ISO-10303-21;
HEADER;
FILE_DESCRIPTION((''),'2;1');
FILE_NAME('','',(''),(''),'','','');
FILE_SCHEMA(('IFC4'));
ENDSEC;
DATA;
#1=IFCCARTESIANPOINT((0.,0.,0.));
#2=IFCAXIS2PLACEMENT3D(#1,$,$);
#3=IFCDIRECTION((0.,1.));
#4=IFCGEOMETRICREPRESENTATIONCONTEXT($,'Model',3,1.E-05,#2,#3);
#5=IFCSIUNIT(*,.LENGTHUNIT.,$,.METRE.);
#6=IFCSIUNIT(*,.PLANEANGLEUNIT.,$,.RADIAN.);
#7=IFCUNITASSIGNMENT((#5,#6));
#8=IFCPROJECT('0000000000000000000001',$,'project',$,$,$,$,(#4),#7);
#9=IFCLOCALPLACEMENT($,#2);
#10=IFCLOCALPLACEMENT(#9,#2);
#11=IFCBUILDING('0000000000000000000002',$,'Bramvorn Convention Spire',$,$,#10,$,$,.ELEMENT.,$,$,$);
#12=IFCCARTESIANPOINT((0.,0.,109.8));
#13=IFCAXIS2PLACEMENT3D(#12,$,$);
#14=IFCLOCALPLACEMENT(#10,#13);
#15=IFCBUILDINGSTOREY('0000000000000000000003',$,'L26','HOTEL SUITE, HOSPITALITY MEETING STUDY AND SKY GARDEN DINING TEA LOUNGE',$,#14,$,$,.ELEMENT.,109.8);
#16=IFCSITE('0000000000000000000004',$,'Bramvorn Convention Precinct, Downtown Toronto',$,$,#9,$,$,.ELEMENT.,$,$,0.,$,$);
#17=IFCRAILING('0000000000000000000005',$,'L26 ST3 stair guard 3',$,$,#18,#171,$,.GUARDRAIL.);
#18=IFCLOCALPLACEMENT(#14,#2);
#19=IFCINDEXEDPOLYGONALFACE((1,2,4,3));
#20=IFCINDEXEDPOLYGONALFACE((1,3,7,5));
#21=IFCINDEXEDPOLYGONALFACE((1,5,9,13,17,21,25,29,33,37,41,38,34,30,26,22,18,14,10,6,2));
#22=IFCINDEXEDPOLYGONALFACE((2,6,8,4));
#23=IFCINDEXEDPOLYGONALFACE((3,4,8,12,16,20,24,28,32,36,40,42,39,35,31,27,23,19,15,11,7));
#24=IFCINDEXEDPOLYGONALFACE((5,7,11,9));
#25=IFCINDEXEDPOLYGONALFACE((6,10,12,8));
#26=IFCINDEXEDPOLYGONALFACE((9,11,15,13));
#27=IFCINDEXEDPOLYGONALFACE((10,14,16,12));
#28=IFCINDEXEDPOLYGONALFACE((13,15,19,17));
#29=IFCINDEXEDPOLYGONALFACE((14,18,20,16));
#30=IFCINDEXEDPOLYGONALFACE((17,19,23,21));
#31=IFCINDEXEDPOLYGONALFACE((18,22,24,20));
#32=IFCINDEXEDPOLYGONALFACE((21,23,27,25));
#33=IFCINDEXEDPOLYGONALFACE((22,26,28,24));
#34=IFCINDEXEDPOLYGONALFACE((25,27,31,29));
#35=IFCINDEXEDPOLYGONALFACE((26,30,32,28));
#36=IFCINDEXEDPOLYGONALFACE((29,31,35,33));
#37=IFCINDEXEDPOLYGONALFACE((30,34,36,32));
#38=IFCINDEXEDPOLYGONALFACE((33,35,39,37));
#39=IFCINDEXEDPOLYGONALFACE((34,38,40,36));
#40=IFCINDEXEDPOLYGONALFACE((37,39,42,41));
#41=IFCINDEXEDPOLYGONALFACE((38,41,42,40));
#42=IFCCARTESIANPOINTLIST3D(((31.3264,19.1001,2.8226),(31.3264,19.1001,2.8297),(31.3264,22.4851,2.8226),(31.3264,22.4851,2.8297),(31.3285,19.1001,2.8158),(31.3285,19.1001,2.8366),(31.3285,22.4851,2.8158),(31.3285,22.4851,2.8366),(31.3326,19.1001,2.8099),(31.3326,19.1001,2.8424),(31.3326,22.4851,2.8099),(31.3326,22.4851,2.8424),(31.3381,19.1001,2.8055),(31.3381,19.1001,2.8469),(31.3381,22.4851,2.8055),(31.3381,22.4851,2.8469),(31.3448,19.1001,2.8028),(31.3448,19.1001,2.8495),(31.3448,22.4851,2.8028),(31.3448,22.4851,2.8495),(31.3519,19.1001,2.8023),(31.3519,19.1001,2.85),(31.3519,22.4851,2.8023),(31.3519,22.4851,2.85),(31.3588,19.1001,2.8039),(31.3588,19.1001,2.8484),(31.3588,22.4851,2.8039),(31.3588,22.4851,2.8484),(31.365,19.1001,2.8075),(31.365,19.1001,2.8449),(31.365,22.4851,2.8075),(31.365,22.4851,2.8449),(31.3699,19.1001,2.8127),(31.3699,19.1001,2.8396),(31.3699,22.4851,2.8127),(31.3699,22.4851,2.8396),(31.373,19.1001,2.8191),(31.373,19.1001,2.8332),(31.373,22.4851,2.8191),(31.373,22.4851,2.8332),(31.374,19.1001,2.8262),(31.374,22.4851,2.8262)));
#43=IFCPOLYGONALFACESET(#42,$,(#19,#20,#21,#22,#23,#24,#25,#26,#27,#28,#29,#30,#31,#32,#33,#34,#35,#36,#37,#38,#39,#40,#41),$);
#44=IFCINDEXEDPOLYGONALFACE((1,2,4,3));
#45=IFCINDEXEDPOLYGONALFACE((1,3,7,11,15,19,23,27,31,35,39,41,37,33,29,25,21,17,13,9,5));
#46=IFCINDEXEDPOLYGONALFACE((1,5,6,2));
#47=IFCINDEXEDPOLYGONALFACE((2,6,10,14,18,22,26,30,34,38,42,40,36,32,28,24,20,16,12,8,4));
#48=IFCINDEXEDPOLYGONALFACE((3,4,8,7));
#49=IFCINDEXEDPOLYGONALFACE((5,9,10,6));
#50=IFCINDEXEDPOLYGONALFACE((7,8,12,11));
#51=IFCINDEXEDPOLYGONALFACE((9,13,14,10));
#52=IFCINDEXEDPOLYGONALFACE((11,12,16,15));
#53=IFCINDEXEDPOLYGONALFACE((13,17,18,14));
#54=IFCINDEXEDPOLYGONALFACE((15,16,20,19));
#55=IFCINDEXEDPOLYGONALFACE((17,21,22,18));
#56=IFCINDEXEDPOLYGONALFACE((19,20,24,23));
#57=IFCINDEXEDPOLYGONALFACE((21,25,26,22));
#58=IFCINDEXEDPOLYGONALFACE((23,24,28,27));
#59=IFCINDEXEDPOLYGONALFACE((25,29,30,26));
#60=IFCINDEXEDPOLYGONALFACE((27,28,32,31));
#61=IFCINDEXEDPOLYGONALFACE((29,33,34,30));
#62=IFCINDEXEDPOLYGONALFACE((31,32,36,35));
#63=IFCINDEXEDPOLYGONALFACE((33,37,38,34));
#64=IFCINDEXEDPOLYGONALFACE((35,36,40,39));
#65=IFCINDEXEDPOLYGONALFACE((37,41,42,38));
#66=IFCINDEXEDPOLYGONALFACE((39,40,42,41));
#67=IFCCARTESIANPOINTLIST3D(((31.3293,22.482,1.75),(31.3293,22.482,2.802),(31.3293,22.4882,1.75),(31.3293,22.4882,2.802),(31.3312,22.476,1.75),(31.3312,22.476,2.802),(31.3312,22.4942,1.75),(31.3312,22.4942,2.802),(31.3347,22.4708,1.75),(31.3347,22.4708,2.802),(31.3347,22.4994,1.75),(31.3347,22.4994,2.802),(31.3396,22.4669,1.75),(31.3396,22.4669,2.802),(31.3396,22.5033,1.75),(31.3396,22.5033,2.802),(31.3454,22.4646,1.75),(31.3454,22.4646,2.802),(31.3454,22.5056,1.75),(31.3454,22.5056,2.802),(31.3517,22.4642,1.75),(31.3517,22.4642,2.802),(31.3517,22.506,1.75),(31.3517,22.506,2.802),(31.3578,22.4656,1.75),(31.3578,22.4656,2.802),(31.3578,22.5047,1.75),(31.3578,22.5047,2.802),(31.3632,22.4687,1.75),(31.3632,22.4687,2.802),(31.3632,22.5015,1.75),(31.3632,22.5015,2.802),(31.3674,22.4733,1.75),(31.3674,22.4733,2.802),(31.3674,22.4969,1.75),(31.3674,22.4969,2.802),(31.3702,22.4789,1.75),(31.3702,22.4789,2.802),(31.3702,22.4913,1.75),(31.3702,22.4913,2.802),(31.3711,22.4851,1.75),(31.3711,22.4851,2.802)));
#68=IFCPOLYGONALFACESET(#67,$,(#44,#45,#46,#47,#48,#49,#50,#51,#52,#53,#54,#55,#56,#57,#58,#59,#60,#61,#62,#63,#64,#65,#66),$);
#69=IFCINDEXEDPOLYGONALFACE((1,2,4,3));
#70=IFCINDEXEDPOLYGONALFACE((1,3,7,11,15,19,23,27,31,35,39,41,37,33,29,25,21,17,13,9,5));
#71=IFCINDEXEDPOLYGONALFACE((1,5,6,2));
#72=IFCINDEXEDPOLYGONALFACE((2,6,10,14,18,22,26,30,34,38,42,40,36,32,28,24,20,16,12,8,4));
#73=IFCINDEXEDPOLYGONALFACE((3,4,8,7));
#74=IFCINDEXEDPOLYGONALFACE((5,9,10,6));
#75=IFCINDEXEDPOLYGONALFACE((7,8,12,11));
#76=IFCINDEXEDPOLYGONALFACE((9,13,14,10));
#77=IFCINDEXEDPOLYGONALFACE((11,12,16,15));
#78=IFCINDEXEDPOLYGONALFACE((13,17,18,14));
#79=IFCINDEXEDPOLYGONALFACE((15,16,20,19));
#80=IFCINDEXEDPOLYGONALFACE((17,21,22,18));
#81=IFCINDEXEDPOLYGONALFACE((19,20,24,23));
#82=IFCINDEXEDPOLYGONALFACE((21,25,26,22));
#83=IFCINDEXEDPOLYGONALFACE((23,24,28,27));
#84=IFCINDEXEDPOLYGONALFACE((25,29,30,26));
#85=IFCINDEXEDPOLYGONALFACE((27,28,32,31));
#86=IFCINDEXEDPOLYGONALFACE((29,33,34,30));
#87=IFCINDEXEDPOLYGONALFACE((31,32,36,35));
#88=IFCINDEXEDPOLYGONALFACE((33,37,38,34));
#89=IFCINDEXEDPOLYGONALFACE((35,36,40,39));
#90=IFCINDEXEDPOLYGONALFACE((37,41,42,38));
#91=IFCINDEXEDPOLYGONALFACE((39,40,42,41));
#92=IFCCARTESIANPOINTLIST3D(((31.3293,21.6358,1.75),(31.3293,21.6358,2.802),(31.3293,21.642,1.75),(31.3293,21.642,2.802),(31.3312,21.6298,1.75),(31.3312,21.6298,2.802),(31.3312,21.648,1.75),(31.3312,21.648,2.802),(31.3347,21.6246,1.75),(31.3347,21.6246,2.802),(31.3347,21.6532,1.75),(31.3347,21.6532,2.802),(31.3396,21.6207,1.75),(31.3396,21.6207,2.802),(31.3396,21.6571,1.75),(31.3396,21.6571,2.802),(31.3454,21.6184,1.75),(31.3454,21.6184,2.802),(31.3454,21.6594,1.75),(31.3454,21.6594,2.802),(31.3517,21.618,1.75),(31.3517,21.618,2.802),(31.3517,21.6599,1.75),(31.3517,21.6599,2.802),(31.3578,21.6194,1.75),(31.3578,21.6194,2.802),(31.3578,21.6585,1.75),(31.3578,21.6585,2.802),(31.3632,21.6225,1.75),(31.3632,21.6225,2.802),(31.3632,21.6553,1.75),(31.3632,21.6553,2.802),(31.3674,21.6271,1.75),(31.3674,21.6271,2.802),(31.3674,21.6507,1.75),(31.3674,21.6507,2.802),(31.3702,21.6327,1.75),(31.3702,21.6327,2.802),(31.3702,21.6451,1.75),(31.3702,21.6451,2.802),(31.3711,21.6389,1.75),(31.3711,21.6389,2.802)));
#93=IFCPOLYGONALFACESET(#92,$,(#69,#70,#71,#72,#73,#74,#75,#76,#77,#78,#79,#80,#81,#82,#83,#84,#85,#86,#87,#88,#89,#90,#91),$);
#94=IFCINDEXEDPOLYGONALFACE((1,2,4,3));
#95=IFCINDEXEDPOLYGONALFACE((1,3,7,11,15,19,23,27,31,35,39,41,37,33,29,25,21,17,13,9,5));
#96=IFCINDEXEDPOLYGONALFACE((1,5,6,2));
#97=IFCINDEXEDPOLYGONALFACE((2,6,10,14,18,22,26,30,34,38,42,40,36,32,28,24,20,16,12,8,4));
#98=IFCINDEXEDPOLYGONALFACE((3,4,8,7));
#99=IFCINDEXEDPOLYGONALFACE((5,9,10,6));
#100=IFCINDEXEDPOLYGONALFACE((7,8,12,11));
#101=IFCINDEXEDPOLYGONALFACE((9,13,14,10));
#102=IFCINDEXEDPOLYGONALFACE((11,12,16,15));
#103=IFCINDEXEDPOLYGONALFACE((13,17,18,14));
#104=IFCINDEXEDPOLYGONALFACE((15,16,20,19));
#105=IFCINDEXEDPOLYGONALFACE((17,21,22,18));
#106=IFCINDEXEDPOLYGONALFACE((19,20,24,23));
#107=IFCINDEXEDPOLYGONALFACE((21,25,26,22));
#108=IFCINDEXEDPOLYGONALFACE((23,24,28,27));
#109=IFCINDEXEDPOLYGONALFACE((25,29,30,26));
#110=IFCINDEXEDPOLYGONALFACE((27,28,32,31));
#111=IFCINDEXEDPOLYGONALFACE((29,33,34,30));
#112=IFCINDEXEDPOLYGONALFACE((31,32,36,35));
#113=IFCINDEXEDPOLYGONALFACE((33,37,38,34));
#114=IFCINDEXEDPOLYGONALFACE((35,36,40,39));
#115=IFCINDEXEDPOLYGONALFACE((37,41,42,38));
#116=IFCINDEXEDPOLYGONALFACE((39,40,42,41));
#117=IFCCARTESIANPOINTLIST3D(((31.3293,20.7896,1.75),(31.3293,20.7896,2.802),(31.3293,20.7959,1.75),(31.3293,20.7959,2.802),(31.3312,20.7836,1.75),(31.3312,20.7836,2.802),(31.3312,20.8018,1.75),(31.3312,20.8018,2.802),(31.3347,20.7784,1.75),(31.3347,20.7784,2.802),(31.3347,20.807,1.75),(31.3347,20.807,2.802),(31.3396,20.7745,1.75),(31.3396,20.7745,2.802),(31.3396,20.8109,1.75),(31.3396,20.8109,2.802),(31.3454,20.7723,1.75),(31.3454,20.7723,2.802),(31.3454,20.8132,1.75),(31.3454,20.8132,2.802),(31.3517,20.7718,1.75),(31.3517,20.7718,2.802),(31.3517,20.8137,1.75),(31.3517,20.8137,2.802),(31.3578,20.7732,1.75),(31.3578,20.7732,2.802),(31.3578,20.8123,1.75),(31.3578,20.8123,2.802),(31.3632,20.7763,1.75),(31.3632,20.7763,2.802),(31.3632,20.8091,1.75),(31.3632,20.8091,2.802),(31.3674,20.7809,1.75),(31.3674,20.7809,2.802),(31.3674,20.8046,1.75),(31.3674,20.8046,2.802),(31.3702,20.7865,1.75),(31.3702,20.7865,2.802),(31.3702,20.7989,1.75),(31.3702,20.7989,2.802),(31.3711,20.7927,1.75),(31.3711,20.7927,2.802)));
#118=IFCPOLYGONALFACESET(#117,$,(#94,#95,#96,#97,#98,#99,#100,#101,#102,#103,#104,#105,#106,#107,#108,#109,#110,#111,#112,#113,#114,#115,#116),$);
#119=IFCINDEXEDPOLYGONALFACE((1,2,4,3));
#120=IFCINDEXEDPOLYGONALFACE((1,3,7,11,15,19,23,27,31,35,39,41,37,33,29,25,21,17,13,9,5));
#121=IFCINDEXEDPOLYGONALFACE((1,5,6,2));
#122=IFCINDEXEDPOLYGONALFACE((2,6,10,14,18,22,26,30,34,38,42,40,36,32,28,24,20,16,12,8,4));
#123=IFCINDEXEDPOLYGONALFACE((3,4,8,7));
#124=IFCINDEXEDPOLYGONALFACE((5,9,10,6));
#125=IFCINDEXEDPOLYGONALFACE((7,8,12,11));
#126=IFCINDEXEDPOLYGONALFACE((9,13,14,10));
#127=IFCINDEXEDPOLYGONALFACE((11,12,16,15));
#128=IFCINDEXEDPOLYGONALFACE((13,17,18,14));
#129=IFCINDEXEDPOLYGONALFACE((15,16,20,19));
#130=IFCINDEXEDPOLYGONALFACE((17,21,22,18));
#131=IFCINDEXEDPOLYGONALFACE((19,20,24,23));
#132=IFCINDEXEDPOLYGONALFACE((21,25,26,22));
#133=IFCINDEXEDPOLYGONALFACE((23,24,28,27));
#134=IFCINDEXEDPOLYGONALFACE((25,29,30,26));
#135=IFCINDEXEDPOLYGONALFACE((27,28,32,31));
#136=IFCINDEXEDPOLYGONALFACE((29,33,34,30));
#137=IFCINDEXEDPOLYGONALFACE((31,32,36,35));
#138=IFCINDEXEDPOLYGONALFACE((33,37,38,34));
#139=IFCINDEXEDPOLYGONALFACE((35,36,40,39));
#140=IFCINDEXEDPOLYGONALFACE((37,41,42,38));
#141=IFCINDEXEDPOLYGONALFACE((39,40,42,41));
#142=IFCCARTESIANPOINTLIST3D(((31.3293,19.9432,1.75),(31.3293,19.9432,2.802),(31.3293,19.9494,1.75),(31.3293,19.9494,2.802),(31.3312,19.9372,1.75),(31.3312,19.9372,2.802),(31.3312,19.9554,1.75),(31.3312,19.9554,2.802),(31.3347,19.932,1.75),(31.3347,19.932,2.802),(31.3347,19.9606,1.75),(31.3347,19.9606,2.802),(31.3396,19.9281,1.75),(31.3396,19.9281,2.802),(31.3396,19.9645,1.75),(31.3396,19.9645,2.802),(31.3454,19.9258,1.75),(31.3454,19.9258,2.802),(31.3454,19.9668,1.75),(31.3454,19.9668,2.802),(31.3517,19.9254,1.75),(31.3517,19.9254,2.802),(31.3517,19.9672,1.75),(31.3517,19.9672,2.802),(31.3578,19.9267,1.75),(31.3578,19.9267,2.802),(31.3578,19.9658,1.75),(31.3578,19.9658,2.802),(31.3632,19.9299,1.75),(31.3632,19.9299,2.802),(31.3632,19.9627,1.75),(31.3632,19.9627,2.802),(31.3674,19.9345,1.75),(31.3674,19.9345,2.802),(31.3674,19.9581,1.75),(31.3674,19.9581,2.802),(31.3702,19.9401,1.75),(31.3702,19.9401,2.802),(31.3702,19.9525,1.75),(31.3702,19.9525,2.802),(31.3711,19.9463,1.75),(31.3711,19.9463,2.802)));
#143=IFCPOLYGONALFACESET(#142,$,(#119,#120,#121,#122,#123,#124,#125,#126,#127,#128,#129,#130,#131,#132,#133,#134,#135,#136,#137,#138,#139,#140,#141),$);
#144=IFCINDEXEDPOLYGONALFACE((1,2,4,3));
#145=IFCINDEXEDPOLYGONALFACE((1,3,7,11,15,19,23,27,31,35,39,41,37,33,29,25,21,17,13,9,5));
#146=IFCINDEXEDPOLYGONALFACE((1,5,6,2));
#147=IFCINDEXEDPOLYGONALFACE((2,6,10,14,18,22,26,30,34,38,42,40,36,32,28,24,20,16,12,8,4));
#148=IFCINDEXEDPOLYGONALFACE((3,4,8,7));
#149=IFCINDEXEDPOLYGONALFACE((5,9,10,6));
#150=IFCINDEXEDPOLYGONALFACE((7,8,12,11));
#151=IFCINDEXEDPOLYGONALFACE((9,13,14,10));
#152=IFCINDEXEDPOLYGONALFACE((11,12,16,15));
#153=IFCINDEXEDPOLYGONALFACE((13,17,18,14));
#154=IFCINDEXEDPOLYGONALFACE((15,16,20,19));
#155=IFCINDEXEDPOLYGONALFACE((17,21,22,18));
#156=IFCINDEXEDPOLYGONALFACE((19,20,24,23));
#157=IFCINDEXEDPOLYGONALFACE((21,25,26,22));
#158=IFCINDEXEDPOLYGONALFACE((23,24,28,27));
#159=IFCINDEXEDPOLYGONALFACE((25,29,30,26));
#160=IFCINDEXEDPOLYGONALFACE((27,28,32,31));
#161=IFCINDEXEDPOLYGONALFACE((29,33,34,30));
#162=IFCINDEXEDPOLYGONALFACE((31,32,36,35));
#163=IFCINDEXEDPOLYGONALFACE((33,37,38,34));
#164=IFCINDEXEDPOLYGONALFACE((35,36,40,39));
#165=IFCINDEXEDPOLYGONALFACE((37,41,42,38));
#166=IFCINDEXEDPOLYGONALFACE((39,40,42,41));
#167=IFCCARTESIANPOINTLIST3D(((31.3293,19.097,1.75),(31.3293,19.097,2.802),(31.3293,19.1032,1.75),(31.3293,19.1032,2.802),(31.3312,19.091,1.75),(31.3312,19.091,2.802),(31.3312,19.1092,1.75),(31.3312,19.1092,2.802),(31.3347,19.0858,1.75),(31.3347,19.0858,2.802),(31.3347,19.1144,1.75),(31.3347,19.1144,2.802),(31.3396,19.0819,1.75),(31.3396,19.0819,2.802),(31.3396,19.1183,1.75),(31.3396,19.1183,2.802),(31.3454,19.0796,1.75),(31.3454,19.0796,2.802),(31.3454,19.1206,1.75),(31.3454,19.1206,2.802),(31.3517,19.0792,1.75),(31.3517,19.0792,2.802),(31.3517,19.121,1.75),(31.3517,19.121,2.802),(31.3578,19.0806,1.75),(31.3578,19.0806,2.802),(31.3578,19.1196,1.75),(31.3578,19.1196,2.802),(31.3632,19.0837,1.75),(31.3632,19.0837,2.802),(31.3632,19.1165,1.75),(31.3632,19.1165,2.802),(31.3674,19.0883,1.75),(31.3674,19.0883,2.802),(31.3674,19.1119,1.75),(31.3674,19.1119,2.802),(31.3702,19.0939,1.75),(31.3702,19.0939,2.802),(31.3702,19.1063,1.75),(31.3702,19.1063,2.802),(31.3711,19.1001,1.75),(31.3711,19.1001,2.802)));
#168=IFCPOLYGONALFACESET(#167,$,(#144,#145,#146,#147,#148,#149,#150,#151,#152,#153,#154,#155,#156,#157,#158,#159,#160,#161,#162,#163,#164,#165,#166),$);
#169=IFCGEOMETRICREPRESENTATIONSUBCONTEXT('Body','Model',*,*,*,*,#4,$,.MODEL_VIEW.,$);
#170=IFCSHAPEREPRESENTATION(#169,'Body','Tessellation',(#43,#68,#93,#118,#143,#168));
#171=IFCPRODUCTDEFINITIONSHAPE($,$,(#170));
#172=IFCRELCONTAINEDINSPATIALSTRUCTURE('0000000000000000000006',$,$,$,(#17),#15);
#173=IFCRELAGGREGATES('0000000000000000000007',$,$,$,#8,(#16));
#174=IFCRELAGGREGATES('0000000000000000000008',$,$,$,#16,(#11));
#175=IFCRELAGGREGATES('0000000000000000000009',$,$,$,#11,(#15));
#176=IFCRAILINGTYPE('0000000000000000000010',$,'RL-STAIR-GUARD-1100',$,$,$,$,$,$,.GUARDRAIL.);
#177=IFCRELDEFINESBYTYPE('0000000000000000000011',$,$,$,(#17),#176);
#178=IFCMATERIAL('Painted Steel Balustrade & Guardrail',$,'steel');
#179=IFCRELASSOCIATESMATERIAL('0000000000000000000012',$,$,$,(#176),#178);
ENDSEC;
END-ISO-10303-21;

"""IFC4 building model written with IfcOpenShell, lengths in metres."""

from ifc_helpers import new_model, si_unit, direction, frame, origin, origin_2d, place, context, subcontext, project, spatial, circle, extrude, material, type_object, element, save


model = new_model("IFC4")

# Units and contexts
model_context = context("Model", 3, precision=1e-05, world=origin(), true_north=direction((0.0, 1.0)))
body_context = subcontext(model_context, "Body", "Model", "MODEL_VIEW")
ifc_project = project(units=[si_unit("LENGTHUNIT", "METRE"), si_unit("PLANEANGLEUNIT", "RADIAN")], contexts=[model_context])

# Site, building, storey
site_placement = place(None, origin())
site = spatial("IfcSite", under=ifc_project, at=site_placement, Name="Bramvorn Convention Precinct, Downtown Toronto", CompositionType="ELEMENT", RefElevation=0.0)
building_placement = place(site_placement, origin())
building = spatial("IfcBuilding", under=site, at=building_placement, Name="Bramvorn Convention Spire", CompositionType="ELEMENT")
storey_placement = place(building_placement, frame((0.0, 0.0, 109.8)))
storey = spatial("IfcBuildingStorey", under=building, at=storey_placement, Name="L26", Description="HOTEL SUITE, HOSPITALITY MEETING STUDY AND SKY GARDEN DINING TEA LOUNGE", CompositionType="ELEMENT", Elevation=109.8)

# Railing
ifc_material_1 = material(Name="Painted Steel Balustrade & Guardrail", Category="steel")
railing_type_1 = type_object("IfcRailingType", Name="RL-STAIR-GUARD-1100", PredefinedType="GUARDRAIL", material=ifc_material_1)
railing_1_placement = place(storey_placement, frame((31.3501, 22.4851, 1.75)))
element("IfcRailing", 1, at=railing_1_placement, inside=storey, type_object=railing_type_1, Name="L26 ST3 stair guard 3", PredefinedType="GUARDRAIL", context=body_context, shape_type="SweptSolid", body=[
    extrude(circle(Radius=0.0239, at=origin_2d()), frame((0.0, 0.0, 1.0762), z_axis=(0.0, -1.0, 0.0), x_axis=(1.0, 0.0, 0.0)), (0.0, 0.0, 1.0), 3.385),
    extrude(circle(Radius=0.021, at=origin_2d()), origin(), (0.0, 0.0, 1.0), 1.052),
    extrude(circle(Radius=0.021, at=origin_2d()), frame((0.0, -0.8462, 0.0)), (0.0, 0.0, 1.0), 1.052),
    extrude(circle(Radius=0.021, at=origin_2d()), frame((0.0, -1.6924, 0.0)), (0.0, 0.0, 1.0), 1.052),
    extrude(circle(Radius=0.021, at=origin_2d()), frame((0.0, -2.5388, 0.0)), (0.0, 0.0, 1.0), 1.052),
    extrude(circle(Radius=0.021, at=origin_2d()), frame((0.0, -3.385, 0.0)), (0.0, 0.0, 1.0), 1.052),
])

save(model, "model.ifc")
